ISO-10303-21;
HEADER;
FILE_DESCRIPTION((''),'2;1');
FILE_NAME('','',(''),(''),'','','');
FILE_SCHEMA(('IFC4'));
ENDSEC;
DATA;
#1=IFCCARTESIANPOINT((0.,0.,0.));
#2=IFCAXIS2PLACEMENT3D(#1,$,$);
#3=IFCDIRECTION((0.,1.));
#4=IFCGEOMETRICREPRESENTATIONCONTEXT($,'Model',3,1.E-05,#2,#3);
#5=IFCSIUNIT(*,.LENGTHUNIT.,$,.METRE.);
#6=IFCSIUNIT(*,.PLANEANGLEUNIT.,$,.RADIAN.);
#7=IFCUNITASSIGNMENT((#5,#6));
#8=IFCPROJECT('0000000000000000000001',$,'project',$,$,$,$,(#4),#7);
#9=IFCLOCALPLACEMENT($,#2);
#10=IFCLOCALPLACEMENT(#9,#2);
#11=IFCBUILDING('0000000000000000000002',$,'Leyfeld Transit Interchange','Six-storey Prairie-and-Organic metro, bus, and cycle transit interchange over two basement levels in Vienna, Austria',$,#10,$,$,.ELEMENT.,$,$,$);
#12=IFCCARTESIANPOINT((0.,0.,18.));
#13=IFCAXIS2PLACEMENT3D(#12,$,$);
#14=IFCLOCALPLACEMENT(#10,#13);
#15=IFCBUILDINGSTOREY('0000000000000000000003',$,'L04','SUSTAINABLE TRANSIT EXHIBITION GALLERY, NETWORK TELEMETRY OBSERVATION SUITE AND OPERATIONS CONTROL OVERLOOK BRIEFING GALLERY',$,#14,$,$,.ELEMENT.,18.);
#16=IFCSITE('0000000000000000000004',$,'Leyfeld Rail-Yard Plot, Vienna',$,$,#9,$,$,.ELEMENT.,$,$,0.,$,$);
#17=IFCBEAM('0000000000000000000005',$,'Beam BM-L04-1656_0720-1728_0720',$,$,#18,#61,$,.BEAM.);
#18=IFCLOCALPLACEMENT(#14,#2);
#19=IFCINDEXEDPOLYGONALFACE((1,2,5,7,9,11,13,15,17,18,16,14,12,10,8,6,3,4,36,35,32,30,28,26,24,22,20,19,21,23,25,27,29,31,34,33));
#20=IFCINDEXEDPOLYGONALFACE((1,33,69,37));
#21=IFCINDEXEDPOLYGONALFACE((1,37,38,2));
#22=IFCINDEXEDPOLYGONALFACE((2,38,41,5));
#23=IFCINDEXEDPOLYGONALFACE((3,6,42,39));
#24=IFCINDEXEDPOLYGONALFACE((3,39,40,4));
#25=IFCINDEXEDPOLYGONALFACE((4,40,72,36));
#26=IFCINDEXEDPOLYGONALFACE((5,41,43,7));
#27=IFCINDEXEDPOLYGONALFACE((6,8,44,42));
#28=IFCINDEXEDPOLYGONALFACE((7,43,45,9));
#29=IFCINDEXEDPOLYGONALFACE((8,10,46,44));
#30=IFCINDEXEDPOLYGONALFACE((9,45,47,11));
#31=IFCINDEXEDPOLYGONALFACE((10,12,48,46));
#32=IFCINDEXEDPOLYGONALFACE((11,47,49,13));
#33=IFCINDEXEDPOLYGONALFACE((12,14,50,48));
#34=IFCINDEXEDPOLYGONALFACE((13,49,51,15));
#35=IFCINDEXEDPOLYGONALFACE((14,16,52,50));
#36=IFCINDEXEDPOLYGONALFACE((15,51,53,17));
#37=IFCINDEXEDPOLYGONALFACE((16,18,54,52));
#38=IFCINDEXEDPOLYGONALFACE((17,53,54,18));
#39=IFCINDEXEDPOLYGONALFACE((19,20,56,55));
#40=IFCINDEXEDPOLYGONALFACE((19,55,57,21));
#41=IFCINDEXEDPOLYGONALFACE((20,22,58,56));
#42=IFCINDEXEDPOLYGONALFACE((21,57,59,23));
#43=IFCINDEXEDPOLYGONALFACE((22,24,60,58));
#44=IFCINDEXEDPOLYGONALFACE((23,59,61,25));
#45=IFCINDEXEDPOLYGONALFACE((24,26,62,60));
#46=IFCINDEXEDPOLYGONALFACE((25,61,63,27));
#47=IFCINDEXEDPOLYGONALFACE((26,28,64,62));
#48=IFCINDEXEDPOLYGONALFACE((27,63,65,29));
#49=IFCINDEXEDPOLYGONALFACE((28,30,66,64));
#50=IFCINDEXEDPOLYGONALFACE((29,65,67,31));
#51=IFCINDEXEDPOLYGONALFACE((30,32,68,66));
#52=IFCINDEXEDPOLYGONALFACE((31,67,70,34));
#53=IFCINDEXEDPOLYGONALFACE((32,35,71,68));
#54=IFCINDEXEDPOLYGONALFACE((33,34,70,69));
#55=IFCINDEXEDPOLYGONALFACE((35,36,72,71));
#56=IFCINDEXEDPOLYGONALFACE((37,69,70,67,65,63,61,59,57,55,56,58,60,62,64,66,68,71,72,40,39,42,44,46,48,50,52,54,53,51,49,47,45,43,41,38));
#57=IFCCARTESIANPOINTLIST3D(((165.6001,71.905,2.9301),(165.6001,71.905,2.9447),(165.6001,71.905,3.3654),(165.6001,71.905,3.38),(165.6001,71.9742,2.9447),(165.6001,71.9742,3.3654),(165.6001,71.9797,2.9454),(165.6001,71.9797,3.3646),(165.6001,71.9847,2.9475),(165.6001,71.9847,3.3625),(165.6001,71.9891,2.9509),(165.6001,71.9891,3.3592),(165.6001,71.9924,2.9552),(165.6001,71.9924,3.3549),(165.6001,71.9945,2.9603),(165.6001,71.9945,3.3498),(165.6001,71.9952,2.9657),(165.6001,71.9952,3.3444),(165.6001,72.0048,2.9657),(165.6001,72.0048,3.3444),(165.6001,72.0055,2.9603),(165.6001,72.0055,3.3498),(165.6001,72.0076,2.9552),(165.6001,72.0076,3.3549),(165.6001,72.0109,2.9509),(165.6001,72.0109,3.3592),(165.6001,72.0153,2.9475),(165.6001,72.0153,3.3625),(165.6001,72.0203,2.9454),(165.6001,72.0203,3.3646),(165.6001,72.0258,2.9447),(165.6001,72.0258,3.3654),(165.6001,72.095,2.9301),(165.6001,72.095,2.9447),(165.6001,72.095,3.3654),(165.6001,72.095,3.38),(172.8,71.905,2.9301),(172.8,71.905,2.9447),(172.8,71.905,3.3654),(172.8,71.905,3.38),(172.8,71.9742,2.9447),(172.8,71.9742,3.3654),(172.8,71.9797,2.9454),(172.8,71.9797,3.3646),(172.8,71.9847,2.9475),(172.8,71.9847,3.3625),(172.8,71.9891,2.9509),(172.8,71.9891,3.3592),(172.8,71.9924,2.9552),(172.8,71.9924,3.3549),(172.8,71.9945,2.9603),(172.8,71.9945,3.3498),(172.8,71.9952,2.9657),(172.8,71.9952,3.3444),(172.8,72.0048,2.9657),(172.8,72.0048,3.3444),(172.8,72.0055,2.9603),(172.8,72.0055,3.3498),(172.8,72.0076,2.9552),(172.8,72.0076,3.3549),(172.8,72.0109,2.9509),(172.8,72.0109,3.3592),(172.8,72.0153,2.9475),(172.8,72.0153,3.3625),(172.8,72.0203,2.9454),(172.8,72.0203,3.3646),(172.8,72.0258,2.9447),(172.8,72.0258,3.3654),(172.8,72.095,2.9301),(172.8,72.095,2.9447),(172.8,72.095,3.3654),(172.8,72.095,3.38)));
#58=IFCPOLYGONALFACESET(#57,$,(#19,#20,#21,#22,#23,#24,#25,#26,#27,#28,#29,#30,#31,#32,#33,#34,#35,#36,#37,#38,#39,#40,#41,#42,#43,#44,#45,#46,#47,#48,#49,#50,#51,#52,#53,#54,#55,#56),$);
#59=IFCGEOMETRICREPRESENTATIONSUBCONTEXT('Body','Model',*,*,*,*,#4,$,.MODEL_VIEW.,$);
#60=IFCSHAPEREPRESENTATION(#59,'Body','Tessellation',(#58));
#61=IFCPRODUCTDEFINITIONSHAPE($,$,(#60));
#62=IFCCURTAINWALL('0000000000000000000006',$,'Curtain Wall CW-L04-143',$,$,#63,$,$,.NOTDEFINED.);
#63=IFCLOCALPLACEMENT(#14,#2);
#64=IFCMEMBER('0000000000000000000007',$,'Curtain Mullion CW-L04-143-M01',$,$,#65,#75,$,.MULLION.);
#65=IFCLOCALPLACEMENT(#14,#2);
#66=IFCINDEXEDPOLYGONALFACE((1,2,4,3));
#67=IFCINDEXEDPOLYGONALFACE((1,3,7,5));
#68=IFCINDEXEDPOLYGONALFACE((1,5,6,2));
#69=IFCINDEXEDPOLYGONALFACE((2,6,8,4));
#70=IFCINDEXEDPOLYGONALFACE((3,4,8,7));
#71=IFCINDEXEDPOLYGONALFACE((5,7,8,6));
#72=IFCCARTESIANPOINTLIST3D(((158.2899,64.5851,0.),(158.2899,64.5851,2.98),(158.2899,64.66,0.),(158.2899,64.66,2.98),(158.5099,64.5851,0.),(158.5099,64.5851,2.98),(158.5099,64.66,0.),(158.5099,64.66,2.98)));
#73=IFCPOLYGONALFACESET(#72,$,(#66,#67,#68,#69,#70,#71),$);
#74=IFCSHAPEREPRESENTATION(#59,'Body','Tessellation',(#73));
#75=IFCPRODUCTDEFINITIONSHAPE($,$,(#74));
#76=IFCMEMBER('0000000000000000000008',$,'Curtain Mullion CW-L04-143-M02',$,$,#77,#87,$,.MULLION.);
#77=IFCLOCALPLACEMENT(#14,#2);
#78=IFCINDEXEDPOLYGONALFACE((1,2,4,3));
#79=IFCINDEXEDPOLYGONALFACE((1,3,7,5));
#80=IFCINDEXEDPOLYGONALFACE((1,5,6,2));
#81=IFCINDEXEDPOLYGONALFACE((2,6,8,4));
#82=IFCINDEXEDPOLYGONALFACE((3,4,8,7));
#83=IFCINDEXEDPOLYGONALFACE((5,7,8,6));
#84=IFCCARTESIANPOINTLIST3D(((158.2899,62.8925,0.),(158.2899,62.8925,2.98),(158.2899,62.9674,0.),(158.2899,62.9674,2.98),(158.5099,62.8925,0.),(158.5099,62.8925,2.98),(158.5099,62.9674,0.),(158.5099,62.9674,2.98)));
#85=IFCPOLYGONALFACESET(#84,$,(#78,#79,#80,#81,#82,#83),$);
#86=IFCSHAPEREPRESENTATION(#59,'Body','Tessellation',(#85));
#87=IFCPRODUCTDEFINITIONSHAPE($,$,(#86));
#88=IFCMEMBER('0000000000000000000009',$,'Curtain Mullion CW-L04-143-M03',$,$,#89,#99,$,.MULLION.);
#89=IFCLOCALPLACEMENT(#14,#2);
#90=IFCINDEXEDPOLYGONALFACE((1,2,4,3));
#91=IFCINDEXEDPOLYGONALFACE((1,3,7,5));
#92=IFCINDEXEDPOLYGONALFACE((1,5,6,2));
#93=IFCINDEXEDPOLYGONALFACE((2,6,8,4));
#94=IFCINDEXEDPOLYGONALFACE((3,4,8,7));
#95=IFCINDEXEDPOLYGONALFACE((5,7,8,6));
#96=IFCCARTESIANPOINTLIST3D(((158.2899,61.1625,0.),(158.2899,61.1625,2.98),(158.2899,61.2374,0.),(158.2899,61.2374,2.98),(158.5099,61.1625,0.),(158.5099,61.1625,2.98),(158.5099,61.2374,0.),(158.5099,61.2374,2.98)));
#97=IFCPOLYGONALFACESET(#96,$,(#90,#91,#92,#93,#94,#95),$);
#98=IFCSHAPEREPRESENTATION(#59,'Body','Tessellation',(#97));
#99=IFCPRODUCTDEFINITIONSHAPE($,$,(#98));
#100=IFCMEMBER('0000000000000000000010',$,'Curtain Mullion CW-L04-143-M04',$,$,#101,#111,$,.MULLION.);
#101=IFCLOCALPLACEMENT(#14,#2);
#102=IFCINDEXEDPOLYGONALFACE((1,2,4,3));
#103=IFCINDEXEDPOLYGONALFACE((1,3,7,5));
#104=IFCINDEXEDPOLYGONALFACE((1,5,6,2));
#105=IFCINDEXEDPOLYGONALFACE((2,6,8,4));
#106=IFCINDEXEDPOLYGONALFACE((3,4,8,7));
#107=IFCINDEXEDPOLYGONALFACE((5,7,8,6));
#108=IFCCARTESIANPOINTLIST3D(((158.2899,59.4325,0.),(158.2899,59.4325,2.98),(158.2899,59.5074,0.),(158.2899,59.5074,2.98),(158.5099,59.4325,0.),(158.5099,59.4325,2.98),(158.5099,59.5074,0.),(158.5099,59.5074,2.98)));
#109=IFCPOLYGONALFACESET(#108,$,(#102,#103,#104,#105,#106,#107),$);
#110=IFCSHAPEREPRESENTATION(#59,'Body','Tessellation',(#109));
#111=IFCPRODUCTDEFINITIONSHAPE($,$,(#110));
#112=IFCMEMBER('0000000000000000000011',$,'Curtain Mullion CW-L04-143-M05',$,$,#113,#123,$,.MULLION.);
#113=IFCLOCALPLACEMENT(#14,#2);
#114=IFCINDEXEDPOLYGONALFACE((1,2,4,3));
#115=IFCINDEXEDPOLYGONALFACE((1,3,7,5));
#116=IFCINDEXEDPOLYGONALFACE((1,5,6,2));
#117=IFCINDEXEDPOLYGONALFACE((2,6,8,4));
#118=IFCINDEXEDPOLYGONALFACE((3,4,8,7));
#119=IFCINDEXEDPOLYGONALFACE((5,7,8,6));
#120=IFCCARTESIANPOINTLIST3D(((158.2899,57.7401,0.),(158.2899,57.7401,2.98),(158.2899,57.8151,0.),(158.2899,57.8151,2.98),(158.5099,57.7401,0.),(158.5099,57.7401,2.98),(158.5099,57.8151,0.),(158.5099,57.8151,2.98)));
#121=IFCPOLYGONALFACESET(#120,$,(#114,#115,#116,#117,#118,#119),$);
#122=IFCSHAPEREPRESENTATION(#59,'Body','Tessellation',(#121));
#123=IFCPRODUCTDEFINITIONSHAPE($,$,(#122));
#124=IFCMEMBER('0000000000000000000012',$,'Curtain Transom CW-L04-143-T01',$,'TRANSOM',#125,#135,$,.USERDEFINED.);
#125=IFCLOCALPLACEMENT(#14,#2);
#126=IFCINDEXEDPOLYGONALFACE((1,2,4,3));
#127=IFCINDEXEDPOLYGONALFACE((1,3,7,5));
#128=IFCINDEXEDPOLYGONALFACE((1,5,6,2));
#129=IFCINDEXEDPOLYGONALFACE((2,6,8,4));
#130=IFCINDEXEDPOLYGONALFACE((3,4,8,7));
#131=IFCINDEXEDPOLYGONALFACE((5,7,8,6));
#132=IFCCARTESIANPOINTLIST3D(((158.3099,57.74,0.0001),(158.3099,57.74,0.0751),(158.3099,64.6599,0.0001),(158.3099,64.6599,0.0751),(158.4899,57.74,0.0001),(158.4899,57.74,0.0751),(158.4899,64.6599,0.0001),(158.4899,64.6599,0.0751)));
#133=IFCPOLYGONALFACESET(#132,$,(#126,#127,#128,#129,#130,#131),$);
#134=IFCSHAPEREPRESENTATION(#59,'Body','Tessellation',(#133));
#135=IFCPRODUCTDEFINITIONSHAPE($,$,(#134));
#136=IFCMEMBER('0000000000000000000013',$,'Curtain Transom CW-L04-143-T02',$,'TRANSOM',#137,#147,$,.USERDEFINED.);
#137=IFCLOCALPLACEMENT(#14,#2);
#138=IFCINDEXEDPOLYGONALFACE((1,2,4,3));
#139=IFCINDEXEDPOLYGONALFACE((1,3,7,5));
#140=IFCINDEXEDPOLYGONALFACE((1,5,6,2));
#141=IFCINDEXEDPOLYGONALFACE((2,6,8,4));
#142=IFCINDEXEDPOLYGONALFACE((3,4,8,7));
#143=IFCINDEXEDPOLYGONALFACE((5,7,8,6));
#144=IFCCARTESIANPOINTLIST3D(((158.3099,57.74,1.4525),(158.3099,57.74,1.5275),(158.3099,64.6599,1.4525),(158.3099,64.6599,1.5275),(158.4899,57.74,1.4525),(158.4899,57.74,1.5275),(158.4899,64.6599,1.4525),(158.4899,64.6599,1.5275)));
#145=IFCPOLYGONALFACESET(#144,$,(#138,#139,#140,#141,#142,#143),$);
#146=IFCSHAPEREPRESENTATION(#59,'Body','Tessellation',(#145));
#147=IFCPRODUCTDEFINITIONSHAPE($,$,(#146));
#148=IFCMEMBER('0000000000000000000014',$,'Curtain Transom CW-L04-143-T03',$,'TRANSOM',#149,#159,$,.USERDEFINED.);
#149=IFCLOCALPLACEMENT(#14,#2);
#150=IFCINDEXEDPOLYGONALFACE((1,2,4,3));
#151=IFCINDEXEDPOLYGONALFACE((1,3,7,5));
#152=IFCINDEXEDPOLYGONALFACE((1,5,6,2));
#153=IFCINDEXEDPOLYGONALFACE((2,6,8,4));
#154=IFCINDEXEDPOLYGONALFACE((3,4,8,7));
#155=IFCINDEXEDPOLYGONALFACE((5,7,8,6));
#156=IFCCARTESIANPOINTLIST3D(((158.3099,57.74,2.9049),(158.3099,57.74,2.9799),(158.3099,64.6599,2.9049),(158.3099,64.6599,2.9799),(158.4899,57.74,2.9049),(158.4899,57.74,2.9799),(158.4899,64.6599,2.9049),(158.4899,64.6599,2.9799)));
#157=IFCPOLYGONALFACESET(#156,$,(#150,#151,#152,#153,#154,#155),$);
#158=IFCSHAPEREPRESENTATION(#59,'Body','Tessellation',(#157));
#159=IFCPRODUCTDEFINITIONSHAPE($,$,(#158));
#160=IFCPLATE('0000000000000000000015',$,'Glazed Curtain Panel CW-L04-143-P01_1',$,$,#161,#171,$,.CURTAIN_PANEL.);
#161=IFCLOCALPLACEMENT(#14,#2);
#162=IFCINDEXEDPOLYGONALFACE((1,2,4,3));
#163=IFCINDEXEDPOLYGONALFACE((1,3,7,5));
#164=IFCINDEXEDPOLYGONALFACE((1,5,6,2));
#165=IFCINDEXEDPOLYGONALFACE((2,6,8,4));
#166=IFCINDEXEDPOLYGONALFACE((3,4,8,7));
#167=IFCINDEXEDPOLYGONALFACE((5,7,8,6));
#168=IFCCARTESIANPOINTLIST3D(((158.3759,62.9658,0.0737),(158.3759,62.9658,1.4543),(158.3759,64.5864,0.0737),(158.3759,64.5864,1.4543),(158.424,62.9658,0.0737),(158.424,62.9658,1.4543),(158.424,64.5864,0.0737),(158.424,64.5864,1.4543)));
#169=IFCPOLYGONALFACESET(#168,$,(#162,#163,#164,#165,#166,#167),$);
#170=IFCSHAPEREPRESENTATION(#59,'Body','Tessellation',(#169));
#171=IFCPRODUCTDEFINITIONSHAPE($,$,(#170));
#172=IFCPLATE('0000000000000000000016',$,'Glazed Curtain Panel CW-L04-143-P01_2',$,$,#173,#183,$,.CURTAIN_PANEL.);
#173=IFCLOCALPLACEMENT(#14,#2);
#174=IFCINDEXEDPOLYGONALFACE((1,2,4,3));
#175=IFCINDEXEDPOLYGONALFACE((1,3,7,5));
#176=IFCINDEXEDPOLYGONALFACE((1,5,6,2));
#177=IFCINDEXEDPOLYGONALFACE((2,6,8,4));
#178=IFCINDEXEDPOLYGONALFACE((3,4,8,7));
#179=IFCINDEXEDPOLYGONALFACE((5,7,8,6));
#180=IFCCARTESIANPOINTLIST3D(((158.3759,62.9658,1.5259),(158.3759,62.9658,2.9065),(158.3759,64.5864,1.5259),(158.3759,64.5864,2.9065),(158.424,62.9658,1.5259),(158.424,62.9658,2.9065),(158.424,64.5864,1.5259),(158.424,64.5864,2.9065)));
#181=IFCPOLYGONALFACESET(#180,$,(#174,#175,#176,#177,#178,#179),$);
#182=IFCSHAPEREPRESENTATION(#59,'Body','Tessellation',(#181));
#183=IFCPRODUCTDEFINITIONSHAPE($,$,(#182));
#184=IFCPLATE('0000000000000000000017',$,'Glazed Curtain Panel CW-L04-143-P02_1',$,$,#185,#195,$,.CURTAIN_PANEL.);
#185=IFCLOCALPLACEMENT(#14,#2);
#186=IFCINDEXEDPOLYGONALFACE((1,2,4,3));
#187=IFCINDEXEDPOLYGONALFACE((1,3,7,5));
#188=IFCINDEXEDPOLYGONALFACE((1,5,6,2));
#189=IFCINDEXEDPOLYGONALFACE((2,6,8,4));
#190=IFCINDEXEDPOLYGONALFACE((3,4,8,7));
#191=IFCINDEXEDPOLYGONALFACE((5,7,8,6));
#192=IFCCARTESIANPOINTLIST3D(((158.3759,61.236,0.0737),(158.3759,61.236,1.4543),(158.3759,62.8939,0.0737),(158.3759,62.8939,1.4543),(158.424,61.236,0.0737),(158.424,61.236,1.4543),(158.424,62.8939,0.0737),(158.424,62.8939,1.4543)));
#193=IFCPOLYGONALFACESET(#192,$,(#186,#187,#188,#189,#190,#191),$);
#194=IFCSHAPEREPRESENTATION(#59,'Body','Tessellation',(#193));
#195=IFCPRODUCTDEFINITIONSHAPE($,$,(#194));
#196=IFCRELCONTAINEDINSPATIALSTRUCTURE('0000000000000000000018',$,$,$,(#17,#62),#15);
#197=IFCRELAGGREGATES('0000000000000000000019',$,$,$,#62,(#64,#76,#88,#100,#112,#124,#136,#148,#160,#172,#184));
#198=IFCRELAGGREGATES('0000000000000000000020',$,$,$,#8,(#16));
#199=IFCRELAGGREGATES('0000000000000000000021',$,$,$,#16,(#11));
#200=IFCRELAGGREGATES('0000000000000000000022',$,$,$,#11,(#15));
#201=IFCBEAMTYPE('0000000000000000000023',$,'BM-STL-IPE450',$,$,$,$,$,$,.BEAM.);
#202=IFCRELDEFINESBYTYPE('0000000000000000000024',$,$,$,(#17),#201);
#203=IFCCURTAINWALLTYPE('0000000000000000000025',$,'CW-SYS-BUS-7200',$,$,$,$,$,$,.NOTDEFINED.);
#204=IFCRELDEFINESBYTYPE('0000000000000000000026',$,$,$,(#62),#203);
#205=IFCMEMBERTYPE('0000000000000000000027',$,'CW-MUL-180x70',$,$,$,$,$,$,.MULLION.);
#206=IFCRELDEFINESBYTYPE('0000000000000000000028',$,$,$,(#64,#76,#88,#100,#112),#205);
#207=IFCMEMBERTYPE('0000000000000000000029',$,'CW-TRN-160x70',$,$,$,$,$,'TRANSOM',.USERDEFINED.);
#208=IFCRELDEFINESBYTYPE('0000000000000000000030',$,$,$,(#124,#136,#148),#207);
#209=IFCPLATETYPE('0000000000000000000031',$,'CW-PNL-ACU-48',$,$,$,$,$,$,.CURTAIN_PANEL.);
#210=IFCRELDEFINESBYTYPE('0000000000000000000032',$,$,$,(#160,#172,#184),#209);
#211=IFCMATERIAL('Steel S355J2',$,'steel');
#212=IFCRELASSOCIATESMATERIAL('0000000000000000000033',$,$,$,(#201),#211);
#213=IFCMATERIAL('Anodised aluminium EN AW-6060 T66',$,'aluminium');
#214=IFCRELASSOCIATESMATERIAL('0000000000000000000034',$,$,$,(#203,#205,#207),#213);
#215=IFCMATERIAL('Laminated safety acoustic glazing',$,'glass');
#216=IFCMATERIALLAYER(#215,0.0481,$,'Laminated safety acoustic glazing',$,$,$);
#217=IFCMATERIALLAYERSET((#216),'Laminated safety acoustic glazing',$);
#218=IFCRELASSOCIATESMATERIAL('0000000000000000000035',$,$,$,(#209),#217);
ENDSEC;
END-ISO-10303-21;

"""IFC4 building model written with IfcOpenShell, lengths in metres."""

from ifc_helpers import new_model, si_unit, direction, frame, origin, origin_2d, place, context, subcontext, project, spatial, rectangle, i_section, extrude, material, layer, layer_set, material_profile, profile_set, type_object, element, aggregate, save


model = new_model("IFC4")

# Units and contexts
model_context = context("Model", 3, precision=1e-05, world=origin(), true_north=direction((0.0, 1.0)))
body_context = subcontext(model_context, "Body", "Model", "MODEL_VIEW")
ifc_project = project(units=[si_unit("LENGTHUNIT", "METRE"), si_unit("PLANEANGLEUNIT", "RADIAN")], contexts=[model_context])

# Site, building, storey
site_placement = place(None, origin())
site = spatial("IfcSite", under=ifc_project, at=site_placement, Name="Leyfeld Rail-Yard Plot, Vienna", CompositionType="ELEMENT", RefElevation=0.0)
building_placement = place(site_placement, origin())
building = spatial("IfcBuilding", under=site, at=building_placement, Name="Leyfeld Transit Interchange", Description="Six-storey Prairie-and-Organic metro, bus, and cycle transit interchange over two basement levels in Vienna, Austria", CompositionType="ELEMENT")
storey_placement = place(building_placement, frame((0.0, 0.0, 18.0)))
storey = spatial("IfcBuildingStorey", under=building, at=storey_placement, Name="L04", Description="SUSTAINABLE TRANSIT EXHIBITION GALLERY, NETWORK TELEMETRY OBSERVATION SUITE AND OPERATIONS CONTROL OVERLOOK BRIEFING GALLERY", CompositionType="ELEMENT", Elevation=18.0)

# Shared definitions
ifc_material_1 = material(Name="Steel S355J2", Category="steel")

# Beam
ifc_material_profile_1 = material_profile(ifc_material_1, i_section(OverallWidth=0.1899, OverallDepth=0.45, WebThickness=0.0095, FlangeThickness=0.0146, FilletRadius=0.021, at=origin_2d()), Name="IPE 450")
ifc_profile_set_1 = profile_set([ifc_material_profile_1], Name="Steel S355J2")
beam_type_1 = type_object("IfcBeamType", Name="BM-STL-IPE450", PredefinedType="BEAM", material=ifc_profile_set_1)
beam_1_placement = place(storey_placement, frame((165.6001, 72.0, 3.155), z_axis=(1.0, 0.0, 0.0), x_axis=(0.0, 1.0, 0.0)))
element("IfcBeam", 1, at=beam_1_placement, inside=storey, type_object=beam_type_1, Name="Beam BM-L04-1656_0720-1728_0720", PredefinedType="BEAM", context=body_context, shape_type="SweptSolid", body=[
    extrude(i_section(OverallWidth=0.1899, OverallDepth=0.45, WebThickness=0.0095, FlangeThickness=0.0146, FilletRadius=0.021, at=origin_2d()), origin(), (0.0, 0.0, 1.0), 7.2),
])

# Curtain wall, members, plates
ifc_material_2 = material(Name="Anodised aluminium EN AW-6060 T66", Category="aluminium")
curtain_wall_type = type_object("IfcCurtainWallType", Name="CW-SYS-BUS-7200", PredefinedType="NOTDEFINED", material=ifc_material_2)
curtain_wall_placement = place(storey_placement, origin())
curtain_wall = element("IfcCurtainWall", 2, at=curtain_wall_placement, inside=storey, type_object=curtain_wall_type, Name="Curtain Wall CW-L04-143", PredefinedType="NOTDEFINED")
ifc_material_profile_2 = material_profile(ifc_material_2, rectangle(XDim=0.075, YDim=0.22, at=origin_2d()), Name="CW-M 75x220")
ifc_profile_set_2 = profile_set([ifc_material_profile_2], Name="Anodised aluminium EN AW-6060 T66")
member_type_1 = type_object("IfcMemberType", Name="CW-MUL-180x70", PredefinedType="MULLION", material=ifc_profile_set_2)
member_1_placement = place(storey_placement, frame((158.3999, 64.6226, 0.0), z_axis=(0.0, 0.0, 1.0), x_axis=(0.0, -1.0, 0.0)))
member_1 = element("IfcMember", 3, at=member_1_placement, type_object=member_type_1, Name="Curtain Mullion CW-L04-143-M01", PredefinedType="MULLION", context=body_context, shape_type="SweptSolid", body=[
    extrude(rectangle(XDim=0.075, YDim=0.22, at=origin_2d()), origin(), (0.0, 0.0, 1.0), 2.98),
])
member_2_placement = place(storey_placement, frame((158.3999, 62.9299, 0.0), z_axis=(0.0, 0.0, 1.0), x_axis=(0.0, -1.0, 0.0)))
member_2 = element("IfcMember", 4, at=member_2_placement, type_object=member_type_1, Name="Curtain Mullion CW-L04-143-M02", PredefinedType="MULLION", context=body_context, shape_type="SweptSolid", body=[
    extrude(rectangle(XDim=0.075, YDim=0.22, at=origin_2d()), origin(), (0.0, 0.0, 1.0), 2.98),
])
member_3_placement = place(storey_placement, frame((158.3999, 61.2, 0.0), z_axis=(0.0, 0.0, 1.0), x_axis=(0.0, -1.0, 0.0)))
member_3 = element("IfcMember", 5, at=member_3_placement, type_object=member_type_1, Name="Curtain Mullion CW-L04-143-M03", PredefinedType="MULLION", context=body_context, shape_type="SweptSolid", body=[
    extrude(rectangle(XDim=0.075, YDim=0.22, at=origin_2d()), origin(), (0.0, 0.0, 1.0), 2.98),
])
member_4_placement = place(storey_placement, frame((158.3999, 59.47, 0.0), z_axis=(0.0, 0.0, 1.0), x_axis=(0.0, -1.0, 0.0)))
member_4 = element("IfcMember", 6, at=member_4_placement, type_object=member_type_1, Name="Curtain Mullion CW-L04-143-M04", PredefinedType="MULLION", context=body_context, shape_type="SweptSolid", body=[
    extrude(rectangle(XDim=0.075, YDim=0.22, at=origin_2d()), origin(), (0.0, 0.0, 1.0), 2.98),
])
member_5_placement = place(storey_placement, frame((158.3999, 57.7776, 0.0), z_axis=(0.0, 0.0, 1.0), x_axis=(0.0, -1.0, 0.0)))
member_5 = element("IfcMember", 7, at=member_5_placement, type_object=member_type_1, Name="Curtain Mullion CW-L04-143-M05", PredefinedType="MULLION", context=body_context, shape_type="SweptSolid", body=[
    extrude(rectangle(XDim=0.075, YDim=0.22, at=origin_2d()), origin(), (0.0, 0.0, 1.0), 2.98),
])
ifc_material_profile_3 = material_profile(ifc_material_2, rectangle(XDim=0.1799, YDim=0.075, at=origin_2d()), Name="CW-TRN-160x70")
ifc_profile_set_3 = profile_set([ifc_material_profile_3], Name="Anodised aluminium EN AW-6060 T66")
member_type_2 = type_object("IfcMemberType", Name="CW-TRN-160x70", ElementType="TRANSOM", PredefinedType="USERDEFINED", material=ifc_profile_set_3)
member_6_placement = place(storey_placement, frame((158.3999, 64.6599, 0.0376), z_axis=(0.0, -1.0, 0.0), x_axis=(1.0, 0.0, 0.0)))
member_6 = element("IfcMember", 8, at=member_6_placement, type_object=member_type_2, Name="Curtain Transom CW-L04-143-T01", ObjectType="TRANSOM", PredefinedType="USERDEFINED", context=body_context, shape_type="SweptSolid", body=[
    extrude(rectangle(XDim=0.1799, YDim=0.075, at=origin_2d()), origin(), (0.0, 0.0, 1.0), 6.9199),
])
member_7_placement = place(storey_placement, frame((158.3999, 64.6599, 1.49), z_axis=(0.0, -1.0, 0.0), x_axis=(1.0, 0.0, 0.0)))
member_7 = element("IfcMember", 9, at=member_7_placement, type_object=member_type_2, Name="Curtain Transom CW-L04-143-T02", ObjectType="TRANSOM", PredefinedType="USERDEFINED", context=body_context, shape_type="SweptSolid", body=[
    extrude(rectangle(XDim=0.1799, YDim=0.075, at=origin_2d()), origin(), (0.0, 0.0, 1.0), 6.9199),
])
member_8_placement = place(storey_placement, frame((158.3999, 64.6599, 2.9424), z_axis=(0.0, -1.0, 0.0), x_axis=(1.0, 0.0, 0.0)))
member_8 = element("IfcMember", 10, at=member_8_placement, type_object=member_type_2, Name="Curtain Transom CW-L04-143-T03", ObjectType="TRANSOM", PredefinedType="USERDEFINED", context=body_context, shape_type="SweptSolid", body=[
    extrude(rectangle(XDim=0.1799, YDim=0.075, at=origin_2d()), origin(), (0.0, 0.0, 1.0), 6.9199),
])
ifc_material_3 = material(Name="Laminated safety acoustic glazing", Category="glass")
ifc_layer_1 = layer(ifc_material_3, 0.0481, Name="Laminated safety acoustic glazing")
ifc_layer_set_1 = layer_set([ifc_layer_1], Name="Laminated safety acoustic glazing")
plate_type = type_object("IfcPlateType", Name="CW-PNL-ACU-48", PredefinedType="CURTAIN_PANEL", material=ifc_layer_set_1)
plate_1_placement = place(storey_placement, frame((158.3999, 63.7761, 0.0737), z_axis=(0.0, 0.0, 1.0), x_axis=(0.0, -1.0, 0.0)))
plate_1 = element("IfcPlate", 11, at=plate_1_placement, type_object=plate_type, Name="Glazed Curtain Panel CW-L04-143-P01_1", PredefinedType="CURTAIN_PANEL", context=body_context, shape_type="SweptSolid", body=[
    extrude(rectangle(XDim=1.6206, YDim=0.0481, at=origin_2d()), origin(), (0.0, 0.0, 1.0), 1.3806),
])
plate_2_placement = place(storey_placement, frame((158.3999, 63.7761, 1.5259), z_axis=(0.0, 0.0, 1.0), x_axis=(0.0, -1.0, 0.0)))
plate_2 = element("IfcPlate", 12, at=plate_2_placement, type_object=plate_type, Name="Glazed Curtain Panel CW-L04-143-P01_2", PredefinedType="CURTAIN_PANEL", context=body_context, shape_type="SweptSolid", body=[
    extrude(rectangle(XDim=1.6206, YDim=0.0481, at=origin_2d()), origin(), (0.0, 0.0, 1.0), 1.3806),
])
plate_3_placement = place(storey_placement, frame((158.3999, 62.0649, 0.0737), z_axis=(0.0, 0.0, 1.0), x_axis=(0.0, -1.0, 0.0)))
plate_3 = element("IfcPlate", 13, at=plate_3_placement, type_object=plate_type, Name="Glazed Curtain Panel CW-L04-143-P02_1", PredefinedType="CURTAIN_PANEL", context=body_context, shape_type="SweptSolid", body=[
    extrude(rectangle(XDim=1.658, YDim=0.0481, at=origin_2d()), origin(), (0.0, 0.0, 1.0), 1.3806),
])
aggregate(curtain_wall, [member_1, member_2, member_3, member_4, member_5, member_6, member_7, member_8, plate_1, plate_2, plate_3])

save(model, "model.ifc")
